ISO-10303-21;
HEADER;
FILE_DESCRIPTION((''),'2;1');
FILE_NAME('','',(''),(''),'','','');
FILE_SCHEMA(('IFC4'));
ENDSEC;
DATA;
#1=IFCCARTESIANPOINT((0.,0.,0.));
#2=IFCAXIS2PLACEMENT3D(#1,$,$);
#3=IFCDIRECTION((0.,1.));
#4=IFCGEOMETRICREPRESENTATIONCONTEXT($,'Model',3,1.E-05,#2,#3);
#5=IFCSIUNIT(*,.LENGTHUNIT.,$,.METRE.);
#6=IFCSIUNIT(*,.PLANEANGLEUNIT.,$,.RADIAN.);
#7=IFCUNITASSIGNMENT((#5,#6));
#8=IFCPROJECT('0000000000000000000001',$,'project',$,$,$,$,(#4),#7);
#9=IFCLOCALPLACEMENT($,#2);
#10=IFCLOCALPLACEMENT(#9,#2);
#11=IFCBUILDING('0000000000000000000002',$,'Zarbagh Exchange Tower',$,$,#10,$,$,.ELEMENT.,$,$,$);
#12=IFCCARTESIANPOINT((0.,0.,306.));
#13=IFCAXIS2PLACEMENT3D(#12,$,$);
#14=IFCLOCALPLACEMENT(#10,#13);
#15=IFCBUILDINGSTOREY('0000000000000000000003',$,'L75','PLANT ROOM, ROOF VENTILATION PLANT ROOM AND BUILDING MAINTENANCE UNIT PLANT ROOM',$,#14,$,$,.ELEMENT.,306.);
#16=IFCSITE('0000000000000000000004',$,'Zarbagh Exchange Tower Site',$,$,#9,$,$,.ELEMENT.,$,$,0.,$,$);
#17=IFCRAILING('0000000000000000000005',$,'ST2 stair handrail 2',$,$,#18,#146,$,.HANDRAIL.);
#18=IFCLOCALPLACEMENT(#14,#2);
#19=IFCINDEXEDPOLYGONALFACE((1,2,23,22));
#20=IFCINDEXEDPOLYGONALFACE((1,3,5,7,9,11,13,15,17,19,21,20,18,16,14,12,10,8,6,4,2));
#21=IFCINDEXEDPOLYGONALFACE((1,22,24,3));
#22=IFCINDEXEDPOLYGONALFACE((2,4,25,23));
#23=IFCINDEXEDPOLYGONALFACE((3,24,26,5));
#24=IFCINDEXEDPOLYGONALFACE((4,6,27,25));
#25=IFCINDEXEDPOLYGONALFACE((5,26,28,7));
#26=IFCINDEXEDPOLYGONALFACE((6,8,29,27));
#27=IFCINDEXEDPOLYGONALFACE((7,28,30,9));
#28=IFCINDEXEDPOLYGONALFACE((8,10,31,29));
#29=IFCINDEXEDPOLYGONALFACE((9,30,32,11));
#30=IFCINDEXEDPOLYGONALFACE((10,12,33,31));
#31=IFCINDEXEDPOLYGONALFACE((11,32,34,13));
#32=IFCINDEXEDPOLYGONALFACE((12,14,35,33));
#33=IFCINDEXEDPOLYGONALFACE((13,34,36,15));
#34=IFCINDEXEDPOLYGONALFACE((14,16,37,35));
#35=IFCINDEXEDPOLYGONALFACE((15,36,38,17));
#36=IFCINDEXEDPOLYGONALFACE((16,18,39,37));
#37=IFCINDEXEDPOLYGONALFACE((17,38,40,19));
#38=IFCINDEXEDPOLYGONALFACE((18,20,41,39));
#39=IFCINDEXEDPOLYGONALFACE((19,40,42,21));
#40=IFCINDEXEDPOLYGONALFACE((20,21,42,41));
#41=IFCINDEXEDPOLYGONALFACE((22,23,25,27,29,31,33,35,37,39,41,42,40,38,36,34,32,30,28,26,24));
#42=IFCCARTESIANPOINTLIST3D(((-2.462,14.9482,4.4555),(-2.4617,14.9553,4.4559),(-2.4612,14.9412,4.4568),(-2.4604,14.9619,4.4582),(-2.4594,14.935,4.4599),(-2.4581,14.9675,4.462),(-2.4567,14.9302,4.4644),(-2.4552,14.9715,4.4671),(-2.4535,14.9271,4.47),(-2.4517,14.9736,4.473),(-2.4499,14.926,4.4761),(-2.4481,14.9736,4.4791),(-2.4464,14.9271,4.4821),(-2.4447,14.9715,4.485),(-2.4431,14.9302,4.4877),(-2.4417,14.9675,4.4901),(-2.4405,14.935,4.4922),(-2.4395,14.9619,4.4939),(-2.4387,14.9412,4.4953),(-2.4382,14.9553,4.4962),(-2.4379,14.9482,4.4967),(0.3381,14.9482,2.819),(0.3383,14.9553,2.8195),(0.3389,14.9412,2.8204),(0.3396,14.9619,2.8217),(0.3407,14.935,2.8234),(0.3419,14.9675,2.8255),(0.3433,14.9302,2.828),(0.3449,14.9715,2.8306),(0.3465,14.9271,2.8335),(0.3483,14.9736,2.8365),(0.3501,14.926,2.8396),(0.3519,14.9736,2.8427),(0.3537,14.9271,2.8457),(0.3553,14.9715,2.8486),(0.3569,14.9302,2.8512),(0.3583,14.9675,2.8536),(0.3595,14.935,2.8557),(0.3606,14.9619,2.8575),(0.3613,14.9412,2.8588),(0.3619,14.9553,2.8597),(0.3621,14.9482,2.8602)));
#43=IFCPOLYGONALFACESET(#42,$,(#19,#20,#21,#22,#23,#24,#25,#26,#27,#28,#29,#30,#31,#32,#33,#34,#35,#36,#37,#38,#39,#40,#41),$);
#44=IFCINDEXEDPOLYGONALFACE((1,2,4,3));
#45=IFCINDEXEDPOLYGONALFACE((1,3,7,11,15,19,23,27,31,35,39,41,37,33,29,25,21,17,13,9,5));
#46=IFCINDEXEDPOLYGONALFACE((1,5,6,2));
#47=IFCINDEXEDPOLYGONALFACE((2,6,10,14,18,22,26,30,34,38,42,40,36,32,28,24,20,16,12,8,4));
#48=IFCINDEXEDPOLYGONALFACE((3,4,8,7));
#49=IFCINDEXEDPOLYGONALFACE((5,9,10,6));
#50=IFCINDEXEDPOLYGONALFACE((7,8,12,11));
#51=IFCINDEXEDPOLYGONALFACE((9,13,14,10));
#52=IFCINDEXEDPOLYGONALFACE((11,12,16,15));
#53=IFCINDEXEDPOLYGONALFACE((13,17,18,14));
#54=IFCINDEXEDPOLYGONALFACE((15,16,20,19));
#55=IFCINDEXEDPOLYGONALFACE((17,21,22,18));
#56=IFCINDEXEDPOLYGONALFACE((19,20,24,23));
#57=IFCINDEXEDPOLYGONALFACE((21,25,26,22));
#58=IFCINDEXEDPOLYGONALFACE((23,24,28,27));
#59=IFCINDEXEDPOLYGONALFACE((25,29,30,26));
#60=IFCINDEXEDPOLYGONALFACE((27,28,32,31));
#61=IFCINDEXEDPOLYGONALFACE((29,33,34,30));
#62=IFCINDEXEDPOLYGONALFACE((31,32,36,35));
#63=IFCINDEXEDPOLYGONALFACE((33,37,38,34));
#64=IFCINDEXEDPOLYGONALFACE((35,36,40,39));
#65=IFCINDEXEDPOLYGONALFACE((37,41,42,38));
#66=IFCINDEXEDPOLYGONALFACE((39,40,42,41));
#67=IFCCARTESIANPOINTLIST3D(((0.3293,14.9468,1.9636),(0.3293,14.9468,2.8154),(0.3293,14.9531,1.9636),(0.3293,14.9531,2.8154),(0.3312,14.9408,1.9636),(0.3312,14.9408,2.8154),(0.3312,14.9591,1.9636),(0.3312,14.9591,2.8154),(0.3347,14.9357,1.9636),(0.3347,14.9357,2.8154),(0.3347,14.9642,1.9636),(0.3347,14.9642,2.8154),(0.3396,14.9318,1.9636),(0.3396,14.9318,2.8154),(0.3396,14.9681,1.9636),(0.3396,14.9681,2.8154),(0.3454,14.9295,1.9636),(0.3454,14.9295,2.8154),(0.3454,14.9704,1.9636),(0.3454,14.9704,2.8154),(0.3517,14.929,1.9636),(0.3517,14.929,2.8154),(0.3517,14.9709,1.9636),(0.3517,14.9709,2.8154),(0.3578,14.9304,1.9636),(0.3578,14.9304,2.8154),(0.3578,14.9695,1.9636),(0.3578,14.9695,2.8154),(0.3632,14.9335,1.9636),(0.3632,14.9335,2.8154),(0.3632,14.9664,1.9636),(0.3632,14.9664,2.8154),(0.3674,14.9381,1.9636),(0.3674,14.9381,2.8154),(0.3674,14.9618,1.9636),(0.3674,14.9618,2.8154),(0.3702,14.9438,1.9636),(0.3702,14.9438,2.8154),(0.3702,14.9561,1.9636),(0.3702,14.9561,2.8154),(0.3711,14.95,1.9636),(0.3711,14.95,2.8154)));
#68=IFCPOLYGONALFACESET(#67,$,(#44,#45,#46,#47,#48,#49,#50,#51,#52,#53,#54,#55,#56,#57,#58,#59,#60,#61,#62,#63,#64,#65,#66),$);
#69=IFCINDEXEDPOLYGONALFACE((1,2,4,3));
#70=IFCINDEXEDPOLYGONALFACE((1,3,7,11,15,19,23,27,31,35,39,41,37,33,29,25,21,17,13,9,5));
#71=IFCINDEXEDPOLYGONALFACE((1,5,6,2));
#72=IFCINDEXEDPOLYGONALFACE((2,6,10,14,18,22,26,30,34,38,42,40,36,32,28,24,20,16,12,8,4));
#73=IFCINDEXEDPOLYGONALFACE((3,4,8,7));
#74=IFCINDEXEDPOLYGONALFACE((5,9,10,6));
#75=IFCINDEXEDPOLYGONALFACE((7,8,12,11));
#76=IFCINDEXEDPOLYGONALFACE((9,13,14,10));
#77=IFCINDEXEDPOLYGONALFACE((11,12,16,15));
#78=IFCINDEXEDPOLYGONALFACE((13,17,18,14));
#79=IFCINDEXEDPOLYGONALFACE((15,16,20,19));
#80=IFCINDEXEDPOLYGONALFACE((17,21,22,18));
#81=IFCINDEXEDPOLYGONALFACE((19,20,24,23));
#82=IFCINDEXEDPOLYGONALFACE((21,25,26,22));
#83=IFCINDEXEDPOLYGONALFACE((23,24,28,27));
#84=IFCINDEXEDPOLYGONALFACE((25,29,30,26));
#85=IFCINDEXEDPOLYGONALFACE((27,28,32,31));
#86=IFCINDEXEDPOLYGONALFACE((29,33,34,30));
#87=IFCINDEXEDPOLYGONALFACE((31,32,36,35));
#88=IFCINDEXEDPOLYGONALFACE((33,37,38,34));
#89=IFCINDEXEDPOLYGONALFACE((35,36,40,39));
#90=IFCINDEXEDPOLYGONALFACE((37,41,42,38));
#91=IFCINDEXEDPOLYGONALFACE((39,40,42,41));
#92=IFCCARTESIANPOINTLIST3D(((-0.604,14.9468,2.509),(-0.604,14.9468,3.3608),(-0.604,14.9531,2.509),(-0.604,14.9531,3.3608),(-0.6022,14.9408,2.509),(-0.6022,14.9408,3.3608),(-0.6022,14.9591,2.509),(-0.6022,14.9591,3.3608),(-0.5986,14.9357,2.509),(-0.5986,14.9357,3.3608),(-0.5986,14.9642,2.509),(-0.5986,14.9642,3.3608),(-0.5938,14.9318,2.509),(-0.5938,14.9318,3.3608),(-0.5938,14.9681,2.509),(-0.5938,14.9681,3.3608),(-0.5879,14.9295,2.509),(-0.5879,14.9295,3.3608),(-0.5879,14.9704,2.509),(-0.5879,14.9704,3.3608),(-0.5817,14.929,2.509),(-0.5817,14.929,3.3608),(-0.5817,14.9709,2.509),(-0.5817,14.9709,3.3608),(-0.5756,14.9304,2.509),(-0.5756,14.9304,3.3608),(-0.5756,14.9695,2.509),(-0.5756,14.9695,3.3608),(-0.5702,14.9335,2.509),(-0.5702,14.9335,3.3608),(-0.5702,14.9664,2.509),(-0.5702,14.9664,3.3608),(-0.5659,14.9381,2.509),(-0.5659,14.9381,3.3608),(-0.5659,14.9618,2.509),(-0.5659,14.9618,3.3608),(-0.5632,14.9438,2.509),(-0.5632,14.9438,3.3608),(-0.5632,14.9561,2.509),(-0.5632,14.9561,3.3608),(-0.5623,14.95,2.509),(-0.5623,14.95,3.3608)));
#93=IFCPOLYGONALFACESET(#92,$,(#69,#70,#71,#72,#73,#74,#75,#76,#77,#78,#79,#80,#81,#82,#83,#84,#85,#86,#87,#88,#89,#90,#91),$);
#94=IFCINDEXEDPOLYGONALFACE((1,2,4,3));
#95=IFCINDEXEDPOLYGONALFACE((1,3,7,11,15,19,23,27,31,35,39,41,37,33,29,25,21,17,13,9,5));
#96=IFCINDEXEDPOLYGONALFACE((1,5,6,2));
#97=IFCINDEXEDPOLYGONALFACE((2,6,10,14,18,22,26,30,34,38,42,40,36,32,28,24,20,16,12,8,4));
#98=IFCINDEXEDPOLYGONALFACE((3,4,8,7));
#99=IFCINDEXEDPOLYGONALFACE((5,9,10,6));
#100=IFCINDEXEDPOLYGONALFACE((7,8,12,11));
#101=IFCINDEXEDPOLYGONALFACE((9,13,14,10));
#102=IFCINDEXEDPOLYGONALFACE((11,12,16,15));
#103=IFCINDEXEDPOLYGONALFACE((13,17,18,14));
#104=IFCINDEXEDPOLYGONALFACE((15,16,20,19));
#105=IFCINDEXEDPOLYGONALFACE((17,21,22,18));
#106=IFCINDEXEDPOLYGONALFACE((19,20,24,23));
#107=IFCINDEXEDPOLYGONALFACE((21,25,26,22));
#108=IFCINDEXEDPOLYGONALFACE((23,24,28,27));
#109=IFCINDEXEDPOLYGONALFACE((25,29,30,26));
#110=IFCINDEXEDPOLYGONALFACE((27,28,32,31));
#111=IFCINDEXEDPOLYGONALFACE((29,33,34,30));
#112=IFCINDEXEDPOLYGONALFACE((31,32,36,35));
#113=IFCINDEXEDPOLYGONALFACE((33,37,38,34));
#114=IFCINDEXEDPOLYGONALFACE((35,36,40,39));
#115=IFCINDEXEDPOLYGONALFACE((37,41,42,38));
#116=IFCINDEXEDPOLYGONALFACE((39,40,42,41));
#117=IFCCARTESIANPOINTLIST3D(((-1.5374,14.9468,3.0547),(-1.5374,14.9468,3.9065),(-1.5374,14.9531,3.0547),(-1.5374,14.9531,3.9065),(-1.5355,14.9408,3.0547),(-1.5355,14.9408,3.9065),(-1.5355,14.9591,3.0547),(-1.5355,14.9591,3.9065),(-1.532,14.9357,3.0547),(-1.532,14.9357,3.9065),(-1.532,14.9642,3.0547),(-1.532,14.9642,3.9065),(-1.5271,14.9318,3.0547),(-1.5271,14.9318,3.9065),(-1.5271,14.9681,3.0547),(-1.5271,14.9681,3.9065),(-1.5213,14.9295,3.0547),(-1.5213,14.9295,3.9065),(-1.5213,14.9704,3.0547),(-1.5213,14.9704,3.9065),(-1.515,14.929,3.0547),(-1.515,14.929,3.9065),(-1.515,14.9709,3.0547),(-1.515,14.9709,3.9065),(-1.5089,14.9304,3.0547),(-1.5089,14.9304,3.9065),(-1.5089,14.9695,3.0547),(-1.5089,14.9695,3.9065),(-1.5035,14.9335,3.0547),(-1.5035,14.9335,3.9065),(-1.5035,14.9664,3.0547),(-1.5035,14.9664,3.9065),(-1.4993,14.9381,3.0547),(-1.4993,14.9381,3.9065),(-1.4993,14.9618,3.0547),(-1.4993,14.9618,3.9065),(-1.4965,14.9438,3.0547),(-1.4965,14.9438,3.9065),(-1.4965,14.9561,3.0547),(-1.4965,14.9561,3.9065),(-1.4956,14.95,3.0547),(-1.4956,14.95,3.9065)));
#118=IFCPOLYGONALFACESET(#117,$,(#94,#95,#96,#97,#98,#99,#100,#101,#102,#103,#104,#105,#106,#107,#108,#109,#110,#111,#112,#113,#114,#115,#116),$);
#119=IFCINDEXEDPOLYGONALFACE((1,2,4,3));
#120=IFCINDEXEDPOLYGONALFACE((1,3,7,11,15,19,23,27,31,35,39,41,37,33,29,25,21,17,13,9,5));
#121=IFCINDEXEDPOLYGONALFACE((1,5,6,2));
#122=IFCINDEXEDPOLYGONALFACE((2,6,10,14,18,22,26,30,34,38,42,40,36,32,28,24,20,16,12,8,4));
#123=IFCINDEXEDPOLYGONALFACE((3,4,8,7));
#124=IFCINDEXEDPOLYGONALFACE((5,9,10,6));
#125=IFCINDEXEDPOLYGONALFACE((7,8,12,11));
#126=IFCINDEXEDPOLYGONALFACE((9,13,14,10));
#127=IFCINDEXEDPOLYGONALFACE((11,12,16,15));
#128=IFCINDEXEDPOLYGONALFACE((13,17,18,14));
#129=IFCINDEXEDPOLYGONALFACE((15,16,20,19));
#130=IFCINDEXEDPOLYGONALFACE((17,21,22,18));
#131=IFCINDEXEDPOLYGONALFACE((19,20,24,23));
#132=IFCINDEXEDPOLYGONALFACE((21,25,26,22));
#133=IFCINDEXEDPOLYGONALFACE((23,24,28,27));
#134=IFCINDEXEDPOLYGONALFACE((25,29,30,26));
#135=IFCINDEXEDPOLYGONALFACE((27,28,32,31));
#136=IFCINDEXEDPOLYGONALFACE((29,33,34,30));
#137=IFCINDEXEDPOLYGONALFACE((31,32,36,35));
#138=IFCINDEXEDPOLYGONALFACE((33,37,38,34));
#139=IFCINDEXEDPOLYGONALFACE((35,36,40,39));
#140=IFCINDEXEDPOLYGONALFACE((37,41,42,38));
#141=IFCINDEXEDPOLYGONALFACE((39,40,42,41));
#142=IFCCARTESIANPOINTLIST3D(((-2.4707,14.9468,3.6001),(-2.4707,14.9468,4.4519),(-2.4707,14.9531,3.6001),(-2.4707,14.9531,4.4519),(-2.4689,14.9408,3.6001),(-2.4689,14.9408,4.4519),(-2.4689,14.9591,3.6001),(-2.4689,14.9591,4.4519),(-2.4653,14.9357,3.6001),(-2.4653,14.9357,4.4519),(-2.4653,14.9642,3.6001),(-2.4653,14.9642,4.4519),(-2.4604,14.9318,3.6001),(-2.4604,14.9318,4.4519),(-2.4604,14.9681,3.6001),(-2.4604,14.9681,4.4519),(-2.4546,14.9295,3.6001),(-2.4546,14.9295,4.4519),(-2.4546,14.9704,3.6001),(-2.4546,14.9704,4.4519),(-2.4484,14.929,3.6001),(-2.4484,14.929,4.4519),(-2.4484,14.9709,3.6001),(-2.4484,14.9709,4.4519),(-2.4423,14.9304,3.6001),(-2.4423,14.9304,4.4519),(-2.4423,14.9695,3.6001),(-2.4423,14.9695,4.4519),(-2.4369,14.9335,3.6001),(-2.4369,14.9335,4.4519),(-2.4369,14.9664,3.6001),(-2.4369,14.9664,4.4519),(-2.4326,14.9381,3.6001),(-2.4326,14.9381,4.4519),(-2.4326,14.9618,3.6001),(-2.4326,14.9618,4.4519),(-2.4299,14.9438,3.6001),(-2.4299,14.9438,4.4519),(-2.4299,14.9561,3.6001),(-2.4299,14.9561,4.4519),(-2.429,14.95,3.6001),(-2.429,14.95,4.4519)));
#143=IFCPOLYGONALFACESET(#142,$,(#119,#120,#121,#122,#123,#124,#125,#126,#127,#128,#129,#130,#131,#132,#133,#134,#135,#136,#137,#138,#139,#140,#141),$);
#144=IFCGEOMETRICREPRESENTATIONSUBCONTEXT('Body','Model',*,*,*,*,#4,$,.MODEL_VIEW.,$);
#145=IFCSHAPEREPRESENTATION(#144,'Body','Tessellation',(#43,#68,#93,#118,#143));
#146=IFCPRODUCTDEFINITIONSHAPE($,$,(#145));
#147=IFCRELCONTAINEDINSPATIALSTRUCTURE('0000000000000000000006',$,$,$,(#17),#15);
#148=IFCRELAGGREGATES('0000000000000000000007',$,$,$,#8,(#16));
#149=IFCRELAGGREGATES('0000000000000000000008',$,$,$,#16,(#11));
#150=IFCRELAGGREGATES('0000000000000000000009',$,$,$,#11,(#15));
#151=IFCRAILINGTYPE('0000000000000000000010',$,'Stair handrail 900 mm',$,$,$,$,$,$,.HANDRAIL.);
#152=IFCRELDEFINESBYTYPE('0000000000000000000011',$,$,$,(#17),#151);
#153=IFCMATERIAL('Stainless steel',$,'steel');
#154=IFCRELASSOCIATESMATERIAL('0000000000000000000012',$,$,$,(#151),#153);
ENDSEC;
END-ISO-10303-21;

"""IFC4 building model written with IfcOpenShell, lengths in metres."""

from ifc_helpers import new_model, si_unit, direction, frame, origin, origin_2d, place, context, subcontext, project, spatial, circle, extrude, material, type_object, element, save


model = new_model("IFC4")

# Units and contexts
model_context = context("Model", 3, precision=1e-05, world=origin(), true_north=direction((0.0, 1.0)))
body_context = subcontext(model_context, "Body", "Model", "MODEL_VIEW")
ifc_project = project(units=[si_unit("LENGTHUNIT", "METRE"), si_unit("PLANEANGLEUNIT", "RADIAN")], contexts=[model_context])

# Site, building, storey
site_placement = place(None, origin())
site = spatial("IfcSite", under=ifc_project, at=site_placement, Name="Zarbagh Exchange Tower Site", CompositionType="ELEMENT", RefElevation=0.0)
building_placement = place(site_placement, origin())
building = spatial("IfcBuilding", under=site, at=building_placement, Name="Zarbagh Exchange Tower", CompositionType="ELEMENT")
storey_placement = place(building_placement, frame((0.0, 0.0, 306.0)))
storey = spatial("IfcBuildingStorey", under=building, at=storey_placement, Name="L75", Description="PLANT ROOM, ROOF VENTILATION PLANT ROOM AND BUILDING MAINTENANCE UNIT PLANT ROOM", CompositionType="ELEMENT", Elevation=306.0)

# Railing
ifc_material_1 = material(Name="Stainless steel", Category="steel")
railing_type_1 = type_object("IfcRailingType", Name="Stair handrail 900 mm", PredefinedType="HANDRAIL", material=ifc_material_1)
railing_1_placement = place(storey_placement, frame((0.3501, 14.95, 1.9636)))
element("IfcRailing", 1, at=railing_1_placement, inside=storey, type_object=railing_type_1, Name="ST2 stair handrail 2", PredefinedType="HANDRAIL", context=body_context, shape_type="SweptSolid", body=[
    extrude(circle(Radius=0.0239, at=origin_2d()), frame((0.0, 0.0, 0.876), z_axis=(-0.863361, 0.0, 0.504587), x_axis=(0.0, -1.0, 0.0)), (0.0, 0.0, 1.0), 3.2432),
    extrude(circle(Radius=0.021, at=origin_2d()), origin(), (0.0, 0.0, 1.0), 0.8518),
    extrude(circle(Radius=0.021, at=origin_2d()), frame((-0.9333, 0.0, 0.5454)), (0.0, 0.0, 1.0), 0.8518),
    extrude(circle(Radius=0.021, at=origin_2d()), frame((-1.8667, 0.0, 1.0911)), (0.0, 0.0, 1.0), 0.8518),
    extrude(circle(Radius=0.021, at=origin_2d()), frame((-2.8, 0.0, 1.6365)), (0.0, 0.0, 1.0), 0.8518),
])

save(model, "model.ifc")
